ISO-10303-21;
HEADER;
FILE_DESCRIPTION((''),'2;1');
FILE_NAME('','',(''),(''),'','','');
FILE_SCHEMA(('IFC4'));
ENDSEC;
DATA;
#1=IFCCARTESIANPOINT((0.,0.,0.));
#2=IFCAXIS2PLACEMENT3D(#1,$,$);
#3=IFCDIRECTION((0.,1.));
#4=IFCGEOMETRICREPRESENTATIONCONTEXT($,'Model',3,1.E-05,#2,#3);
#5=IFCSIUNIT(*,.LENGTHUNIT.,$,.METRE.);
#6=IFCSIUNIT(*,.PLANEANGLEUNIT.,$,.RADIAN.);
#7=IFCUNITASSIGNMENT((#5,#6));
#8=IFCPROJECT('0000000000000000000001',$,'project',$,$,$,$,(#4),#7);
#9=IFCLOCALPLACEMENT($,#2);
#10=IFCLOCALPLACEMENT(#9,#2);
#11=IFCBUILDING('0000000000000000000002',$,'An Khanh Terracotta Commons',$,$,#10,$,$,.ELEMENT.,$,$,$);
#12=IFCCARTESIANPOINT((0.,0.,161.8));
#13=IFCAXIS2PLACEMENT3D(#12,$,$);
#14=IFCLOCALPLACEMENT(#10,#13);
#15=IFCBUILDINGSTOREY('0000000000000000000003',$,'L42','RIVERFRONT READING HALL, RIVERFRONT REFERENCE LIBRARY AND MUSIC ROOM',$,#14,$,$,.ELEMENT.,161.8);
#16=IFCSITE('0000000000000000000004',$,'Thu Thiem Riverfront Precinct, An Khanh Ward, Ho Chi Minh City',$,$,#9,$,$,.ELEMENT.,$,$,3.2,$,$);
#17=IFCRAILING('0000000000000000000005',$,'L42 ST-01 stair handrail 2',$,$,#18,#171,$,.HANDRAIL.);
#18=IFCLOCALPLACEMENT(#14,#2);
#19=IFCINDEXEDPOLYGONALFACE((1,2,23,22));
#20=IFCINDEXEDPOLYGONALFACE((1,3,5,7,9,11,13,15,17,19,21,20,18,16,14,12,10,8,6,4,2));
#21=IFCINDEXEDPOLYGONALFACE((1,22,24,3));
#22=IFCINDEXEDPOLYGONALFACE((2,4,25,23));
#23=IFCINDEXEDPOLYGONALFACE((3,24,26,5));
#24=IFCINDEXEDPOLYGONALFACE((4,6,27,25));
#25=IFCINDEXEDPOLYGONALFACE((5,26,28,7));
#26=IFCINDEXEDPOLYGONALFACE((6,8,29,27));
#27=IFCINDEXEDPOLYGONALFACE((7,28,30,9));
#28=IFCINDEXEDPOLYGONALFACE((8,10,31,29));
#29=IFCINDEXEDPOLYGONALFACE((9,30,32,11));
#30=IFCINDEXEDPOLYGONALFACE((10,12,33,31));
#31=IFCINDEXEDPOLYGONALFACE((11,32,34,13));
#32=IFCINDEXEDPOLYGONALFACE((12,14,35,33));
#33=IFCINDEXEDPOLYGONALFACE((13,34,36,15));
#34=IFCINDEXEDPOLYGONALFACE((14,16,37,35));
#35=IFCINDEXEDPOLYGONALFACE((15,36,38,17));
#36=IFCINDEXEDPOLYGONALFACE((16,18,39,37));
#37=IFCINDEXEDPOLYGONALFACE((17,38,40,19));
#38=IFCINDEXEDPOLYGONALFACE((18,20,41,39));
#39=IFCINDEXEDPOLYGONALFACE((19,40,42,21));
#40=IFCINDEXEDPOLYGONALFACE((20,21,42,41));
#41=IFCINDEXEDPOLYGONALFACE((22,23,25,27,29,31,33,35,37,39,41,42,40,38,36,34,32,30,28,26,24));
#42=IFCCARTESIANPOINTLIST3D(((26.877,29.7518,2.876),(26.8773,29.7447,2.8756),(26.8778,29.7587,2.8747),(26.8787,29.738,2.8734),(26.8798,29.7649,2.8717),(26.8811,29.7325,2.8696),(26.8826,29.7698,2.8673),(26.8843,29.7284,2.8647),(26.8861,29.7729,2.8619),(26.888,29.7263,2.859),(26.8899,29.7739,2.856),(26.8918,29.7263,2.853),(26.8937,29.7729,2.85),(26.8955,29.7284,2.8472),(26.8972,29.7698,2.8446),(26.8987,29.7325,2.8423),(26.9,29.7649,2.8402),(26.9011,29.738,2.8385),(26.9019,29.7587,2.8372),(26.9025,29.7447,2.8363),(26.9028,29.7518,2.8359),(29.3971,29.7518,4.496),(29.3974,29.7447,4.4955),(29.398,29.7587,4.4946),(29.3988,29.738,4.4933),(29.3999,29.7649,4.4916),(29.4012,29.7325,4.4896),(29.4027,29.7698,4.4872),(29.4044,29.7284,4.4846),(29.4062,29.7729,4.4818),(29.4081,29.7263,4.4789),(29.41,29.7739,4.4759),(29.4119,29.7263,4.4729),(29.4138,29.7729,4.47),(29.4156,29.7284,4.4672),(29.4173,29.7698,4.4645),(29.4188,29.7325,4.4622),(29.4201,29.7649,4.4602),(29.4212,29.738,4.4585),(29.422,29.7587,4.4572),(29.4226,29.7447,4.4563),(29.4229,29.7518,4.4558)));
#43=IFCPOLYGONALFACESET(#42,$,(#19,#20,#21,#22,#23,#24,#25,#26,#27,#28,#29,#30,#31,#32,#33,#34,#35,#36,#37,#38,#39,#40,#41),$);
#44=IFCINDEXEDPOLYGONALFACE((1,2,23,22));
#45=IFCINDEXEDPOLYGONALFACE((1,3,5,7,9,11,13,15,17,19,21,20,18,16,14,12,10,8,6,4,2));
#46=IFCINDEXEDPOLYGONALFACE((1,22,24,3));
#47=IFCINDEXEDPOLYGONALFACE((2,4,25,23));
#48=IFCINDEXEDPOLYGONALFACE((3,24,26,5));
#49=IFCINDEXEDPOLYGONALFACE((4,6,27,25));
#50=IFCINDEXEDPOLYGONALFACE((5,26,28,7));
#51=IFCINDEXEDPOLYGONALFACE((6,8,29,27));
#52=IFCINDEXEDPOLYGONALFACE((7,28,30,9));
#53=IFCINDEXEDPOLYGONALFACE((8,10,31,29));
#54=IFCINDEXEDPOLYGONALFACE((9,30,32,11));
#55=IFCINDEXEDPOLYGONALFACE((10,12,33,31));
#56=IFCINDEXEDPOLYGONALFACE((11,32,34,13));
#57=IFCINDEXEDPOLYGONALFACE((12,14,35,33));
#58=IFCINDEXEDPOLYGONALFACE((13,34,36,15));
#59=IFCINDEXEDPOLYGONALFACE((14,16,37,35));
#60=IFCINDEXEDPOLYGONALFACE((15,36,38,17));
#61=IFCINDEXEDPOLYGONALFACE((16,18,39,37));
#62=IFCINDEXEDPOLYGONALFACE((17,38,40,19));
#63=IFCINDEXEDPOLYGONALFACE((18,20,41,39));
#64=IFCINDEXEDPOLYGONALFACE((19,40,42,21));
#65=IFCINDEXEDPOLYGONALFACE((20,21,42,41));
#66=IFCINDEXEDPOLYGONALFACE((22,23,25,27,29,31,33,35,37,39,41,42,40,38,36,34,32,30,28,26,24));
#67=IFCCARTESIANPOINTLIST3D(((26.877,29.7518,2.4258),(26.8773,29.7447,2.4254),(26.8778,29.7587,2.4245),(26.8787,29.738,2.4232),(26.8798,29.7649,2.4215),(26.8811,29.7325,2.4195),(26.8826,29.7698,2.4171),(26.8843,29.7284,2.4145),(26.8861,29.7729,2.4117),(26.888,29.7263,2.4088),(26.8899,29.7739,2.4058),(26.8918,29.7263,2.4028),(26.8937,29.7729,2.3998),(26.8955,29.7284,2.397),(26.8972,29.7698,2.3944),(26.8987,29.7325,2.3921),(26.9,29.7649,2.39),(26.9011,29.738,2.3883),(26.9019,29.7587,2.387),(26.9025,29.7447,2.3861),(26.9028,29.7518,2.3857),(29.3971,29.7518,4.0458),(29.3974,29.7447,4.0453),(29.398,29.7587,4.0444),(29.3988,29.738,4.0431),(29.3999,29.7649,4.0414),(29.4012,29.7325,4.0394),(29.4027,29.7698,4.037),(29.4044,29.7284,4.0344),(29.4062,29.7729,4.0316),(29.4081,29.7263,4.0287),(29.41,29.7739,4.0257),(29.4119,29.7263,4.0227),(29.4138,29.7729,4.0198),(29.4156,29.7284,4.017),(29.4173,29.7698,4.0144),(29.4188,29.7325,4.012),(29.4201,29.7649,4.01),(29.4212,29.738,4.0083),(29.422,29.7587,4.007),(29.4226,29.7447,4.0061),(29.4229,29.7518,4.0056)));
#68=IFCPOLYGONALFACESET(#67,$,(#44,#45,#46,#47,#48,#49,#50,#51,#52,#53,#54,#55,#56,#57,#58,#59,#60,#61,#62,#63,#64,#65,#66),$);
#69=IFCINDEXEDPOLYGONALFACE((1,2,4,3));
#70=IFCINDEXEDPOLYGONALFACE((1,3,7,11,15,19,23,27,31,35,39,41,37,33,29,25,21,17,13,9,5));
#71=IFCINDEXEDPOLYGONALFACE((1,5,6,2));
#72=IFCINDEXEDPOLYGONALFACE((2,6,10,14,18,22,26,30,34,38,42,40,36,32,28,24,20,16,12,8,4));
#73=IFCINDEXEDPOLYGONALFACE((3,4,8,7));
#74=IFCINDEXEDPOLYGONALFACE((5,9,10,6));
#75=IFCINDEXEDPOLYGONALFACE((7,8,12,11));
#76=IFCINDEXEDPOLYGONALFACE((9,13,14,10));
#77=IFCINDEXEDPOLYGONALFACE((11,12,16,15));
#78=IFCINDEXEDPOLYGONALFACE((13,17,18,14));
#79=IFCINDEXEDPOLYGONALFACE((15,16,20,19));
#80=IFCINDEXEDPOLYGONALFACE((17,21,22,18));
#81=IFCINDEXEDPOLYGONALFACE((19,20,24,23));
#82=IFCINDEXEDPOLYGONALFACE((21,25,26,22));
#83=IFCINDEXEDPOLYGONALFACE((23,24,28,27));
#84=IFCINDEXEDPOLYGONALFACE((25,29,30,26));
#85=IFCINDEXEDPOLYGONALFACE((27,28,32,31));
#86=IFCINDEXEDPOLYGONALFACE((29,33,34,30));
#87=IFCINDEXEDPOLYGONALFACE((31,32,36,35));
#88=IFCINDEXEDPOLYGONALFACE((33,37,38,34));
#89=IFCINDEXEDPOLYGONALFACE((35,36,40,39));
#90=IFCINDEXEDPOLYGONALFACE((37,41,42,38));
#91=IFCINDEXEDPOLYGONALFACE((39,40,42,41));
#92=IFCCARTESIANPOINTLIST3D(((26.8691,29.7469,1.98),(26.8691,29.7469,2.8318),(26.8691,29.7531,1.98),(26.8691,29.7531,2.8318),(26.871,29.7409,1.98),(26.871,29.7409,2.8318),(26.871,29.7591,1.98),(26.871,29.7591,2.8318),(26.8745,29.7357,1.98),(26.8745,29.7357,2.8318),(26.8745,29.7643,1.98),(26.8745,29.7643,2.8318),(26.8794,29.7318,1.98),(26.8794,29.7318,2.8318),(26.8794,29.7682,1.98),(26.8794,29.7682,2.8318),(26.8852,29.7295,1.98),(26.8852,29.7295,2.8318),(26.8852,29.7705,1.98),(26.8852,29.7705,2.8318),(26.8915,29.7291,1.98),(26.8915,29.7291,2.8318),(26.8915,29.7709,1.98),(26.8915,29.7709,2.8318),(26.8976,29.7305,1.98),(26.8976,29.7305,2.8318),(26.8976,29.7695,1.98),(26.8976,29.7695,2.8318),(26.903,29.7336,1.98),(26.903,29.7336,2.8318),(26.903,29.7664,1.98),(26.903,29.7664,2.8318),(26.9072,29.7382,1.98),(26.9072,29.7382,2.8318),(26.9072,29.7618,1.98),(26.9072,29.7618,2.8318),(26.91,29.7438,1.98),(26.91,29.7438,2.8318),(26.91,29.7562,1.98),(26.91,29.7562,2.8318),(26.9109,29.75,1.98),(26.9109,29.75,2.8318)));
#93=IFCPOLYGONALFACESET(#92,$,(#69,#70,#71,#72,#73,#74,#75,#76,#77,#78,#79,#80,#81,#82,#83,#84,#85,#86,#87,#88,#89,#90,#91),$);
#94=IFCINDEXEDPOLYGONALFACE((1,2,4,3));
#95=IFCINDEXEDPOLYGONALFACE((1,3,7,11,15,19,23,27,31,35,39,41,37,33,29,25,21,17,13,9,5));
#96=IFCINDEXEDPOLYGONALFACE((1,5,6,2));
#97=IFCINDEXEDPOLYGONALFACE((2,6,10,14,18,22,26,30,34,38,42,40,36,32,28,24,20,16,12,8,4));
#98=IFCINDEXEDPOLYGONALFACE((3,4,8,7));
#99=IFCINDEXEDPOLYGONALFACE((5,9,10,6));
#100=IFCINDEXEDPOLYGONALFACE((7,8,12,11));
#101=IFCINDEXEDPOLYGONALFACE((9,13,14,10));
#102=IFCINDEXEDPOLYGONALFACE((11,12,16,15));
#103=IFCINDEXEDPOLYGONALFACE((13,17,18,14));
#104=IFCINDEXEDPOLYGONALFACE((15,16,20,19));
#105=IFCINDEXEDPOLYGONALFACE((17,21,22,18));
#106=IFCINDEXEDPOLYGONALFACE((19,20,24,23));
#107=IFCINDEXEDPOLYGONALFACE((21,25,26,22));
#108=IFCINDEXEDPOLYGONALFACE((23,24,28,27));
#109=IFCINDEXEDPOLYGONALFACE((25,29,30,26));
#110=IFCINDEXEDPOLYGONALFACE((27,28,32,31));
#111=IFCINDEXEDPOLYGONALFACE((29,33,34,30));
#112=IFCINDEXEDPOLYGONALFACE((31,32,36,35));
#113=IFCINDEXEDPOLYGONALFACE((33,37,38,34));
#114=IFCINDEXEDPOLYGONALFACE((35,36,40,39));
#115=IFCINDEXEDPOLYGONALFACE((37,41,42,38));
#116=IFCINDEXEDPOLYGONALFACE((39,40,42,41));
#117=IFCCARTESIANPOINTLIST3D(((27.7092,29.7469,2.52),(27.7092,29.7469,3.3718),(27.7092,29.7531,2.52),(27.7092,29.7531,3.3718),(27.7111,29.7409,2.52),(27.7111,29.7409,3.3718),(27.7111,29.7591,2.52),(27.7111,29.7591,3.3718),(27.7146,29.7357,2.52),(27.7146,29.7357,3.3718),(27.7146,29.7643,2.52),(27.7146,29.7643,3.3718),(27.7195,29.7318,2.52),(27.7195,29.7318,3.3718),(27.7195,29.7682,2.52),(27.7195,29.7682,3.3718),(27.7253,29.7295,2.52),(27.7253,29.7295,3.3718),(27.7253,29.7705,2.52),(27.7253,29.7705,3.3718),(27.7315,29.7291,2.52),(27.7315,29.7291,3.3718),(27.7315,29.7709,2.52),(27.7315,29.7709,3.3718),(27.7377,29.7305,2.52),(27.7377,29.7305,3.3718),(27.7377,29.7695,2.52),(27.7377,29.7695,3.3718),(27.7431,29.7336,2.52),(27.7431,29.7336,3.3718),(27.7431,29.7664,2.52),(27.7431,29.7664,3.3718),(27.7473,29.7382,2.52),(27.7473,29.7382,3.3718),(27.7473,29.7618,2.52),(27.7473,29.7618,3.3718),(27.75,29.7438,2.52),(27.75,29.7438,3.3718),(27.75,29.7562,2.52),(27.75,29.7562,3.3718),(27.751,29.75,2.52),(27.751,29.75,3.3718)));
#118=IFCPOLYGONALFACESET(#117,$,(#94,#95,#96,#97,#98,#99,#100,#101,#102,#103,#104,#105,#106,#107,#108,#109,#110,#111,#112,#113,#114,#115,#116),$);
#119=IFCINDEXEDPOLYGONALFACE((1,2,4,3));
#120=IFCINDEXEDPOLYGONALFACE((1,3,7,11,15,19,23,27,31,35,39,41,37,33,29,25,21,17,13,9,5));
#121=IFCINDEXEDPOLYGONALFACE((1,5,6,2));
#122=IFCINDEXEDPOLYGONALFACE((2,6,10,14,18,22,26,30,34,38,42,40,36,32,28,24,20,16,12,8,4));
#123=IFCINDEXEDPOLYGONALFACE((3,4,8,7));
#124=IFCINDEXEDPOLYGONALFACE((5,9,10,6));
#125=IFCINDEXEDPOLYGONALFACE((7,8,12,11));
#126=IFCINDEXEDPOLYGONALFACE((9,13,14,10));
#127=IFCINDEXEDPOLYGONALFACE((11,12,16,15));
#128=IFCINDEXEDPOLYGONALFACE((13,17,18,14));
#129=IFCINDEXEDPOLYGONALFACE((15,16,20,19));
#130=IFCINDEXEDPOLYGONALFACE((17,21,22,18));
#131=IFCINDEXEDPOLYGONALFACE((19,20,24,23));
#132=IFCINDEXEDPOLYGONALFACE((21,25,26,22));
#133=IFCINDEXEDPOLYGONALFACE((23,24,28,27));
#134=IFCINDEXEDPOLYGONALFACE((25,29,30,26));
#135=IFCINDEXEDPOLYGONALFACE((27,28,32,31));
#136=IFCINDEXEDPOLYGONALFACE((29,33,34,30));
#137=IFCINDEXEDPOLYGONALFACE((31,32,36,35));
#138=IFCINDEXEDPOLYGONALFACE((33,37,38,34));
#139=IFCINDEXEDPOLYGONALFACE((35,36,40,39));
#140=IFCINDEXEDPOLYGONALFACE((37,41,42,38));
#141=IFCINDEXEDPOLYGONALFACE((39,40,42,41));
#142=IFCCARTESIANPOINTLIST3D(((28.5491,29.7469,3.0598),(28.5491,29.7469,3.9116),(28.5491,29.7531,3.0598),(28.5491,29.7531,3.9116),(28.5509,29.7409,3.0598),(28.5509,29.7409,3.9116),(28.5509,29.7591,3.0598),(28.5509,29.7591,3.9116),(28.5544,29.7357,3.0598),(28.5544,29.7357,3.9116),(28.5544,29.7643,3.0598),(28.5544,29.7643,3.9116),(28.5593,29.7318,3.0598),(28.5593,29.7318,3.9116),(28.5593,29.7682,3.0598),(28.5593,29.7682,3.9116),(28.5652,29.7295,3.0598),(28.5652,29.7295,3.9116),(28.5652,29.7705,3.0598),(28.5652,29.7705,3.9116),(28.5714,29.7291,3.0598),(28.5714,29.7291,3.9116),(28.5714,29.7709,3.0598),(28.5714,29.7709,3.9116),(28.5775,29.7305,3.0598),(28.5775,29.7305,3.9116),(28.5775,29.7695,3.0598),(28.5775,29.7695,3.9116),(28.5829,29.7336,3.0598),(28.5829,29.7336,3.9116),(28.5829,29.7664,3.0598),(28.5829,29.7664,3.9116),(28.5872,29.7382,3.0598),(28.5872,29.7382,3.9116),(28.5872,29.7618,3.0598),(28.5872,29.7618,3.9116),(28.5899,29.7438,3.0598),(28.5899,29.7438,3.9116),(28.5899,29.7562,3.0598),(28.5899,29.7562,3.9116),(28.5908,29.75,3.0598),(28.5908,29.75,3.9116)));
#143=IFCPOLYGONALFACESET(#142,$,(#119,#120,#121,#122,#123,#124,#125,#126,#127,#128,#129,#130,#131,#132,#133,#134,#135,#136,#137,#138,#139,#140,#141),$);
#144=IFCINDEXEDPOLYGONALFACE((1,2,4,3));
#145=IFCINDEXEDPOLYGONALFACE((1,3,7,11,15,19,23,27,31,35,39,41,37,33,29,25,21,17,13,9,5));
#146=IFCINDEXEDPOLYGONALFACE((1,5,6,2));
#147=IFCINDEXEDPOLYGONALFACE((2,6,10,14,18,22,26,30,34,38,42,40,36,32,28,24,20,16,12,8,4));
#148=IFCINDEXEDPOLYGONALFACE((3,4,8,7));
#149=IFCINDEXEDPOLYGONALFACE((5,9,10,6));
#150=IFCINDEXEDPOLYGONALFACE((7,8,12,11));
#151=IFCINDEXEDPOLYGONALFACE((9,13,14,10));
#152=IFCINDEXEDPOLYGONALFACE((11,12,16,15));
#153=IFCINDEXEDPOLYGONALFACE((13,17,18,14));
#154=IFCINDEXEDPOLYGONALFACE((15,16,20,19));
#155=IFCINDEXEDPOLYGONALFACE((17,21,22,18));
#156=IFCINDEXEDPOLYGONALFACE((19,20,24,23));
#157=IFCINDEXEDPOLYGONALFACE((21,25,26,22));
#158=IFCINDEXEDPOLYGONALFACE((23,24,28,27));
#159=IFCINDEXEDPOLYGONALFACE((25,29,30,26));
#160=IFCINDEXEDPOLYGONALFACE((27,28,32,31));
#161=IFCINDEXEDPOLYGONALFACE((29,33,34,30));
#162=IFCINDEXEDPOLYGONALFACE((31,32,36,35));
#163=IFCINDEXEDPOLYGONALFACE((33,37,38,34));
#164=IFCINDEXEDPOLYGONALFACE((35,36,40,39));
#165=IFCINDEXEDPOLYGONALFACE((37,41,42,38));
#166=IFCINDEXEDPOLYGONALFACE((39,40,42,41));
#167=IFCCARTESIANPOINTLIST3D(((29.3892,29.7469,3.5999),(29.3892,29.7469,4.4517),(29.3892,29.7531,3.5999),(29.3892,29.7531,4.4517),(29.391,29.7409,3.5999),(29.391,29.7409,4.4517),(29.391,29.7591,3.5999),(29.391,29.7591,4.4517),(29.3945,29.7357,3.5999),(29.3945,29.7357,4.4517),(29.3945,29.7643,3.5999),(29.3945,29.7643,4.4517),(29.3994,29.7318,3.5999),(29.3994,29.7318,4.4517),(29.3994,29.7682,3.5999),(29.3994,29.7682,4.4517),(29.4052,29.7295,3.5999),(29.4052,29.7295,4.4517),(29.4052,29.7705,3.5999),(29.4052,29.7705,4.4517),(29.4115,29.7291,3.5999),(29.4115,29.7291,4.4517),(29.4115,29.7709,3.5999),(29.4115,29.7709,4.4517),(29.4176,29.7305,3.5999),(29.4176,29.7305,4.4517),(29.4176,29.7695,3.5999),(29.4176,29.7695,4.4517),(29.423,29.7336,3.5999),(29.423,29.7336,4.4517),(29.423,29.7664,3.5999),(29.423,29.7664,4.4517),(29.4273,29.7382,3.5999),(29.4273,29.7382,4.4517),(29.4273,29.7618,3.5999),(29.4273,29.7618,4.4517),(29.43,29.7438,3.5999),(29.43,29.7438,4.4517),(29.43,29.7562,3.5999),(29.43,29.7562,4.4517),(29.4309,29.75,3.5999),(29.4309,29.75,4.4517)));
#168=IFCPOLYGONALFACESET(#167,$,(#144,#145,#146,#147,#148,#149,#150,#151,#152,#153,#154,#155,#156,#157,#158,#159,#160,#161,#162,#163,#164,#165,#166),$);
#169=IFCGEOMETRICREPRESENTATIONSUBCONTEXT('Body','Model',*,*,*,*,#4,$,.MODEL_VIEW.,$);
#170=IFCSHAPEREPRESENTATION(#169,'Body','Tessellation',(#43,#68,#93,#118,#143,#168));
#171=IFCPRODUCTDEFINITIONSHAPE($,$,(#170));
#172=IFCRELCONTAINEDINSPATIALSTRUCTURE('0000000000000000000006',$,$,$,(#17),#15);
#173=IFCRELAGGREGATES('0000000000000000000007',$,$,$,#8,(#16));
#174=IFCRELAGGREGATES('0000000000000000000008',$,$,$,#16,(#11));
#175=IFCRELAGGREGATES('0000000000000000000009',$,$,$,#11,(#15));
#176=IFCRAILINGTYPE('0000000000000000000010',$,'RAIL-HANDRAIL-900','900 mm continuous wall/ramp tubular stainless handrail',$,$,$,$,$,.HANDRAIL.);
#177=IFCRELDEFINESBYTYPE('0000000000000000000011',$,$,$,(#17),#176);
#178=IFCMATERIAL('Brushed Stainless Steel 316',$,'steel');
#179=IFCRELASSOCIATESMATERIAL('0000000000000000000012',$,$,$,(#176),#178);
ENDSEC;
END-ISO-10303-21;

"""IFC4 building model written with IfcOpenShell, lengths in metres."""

from ifc_helpers import new_model, si_unit, direction, frame, origin, origin_2d, place, context, subcontext, project, spatial, circle, extrude, material, type_object, element, save


model = new_model("IFC4")

# Units and contexts
model_context = context("Model", 3, precision=1e-05, world=origin(), true_north=direction((0.0, 1.0)))
body_context = subcontext(model_context, "Body", "Model", "MODEL_VIEW")
ifc_project = project(units=[si_unit("LENGTHUNIT", "METRE"), si_unit("PLANEANGLEUNIT", "RADIAN")], contexts=[model_context])

# Site, building, storey
site_placement = place(None, origin())
site = spatial("IfcSite", under=ifc_project, at=site_placement, Name="Thu Thiem Riverfront Precinct, An Khanh Ward, Ho Chi Minh City", CompositionType="ELEMENT", RefElevation=3.2)
building_placement = place(site_placement, origin())
building = spatial("IfcBuilding", under=site, at=building_placement, Name="An Khanh Terracotta Commons", CompositionType="ELEMENT")
storey_placement = place(building_placement, frame((0.0, 0.0, 161.8)))
storey = spatial("IfcBuildingStorey", under=building, at=storey_placement, Name="L42", Description="RIVERFRONT READING HALL, RIVERFRONT REFERENCE LIBRARY AND MUSIC ROOM", CompositionType="ELEMENT", Elevation=161.8)

# Railing
ifc_material_1 = material(Name="Brushed Stainless Steel 316", Category="steel")
railing_type_1 = type_object("IfcRailingType", Name="RAIL-HANDRAIL-900", Description="900 mm continuous wall/ramp tubular stainless handrail", PredefinedType="HANDRAIL", material=ifc_material_1)
railing_1_placement = place(storey_placement, frame((26.8899, 29.75, 1.98)))
element("IfcRailing", 1, at=railing_1_placement, inside=storey, type_object=railing_type_1, Name="L42 ST-01 stair handrail 2", PredefinedType="HANDRAIL", context=body_context, shape_type="SweptSolid", body=[
    extrude(circle(Radius=0.0239, at=origin_2d()), frame((0.0, 0.0, 0.876), z_axis=(0.8412, 0.0, 0.540725), x_axis=(0.0, 1.0, 0.0)), (0.0, 0.0, 1.0), 2.9958),
    extrude(circle(Radius=0.0239, at=origin_2d()), frame((0.0, 0.0, 0.4258), z_axis=(0.8412, 0.0, 0.540725), x_axis=(0.0, 1.0, 0.0)), (0.0, 0.0, 1.0), 2.9958),
    extrude(circle(Radius=0.021, at=origin_2d()), origin(), (0.0, 0.0, 1.0), 0.8518),
    extrude(circle(Radius=0.021, at=origin_2d()), frame((0.8401, 0.0, 0.54)), (0.0, 0.0, 1.0), 0.8518),
    extrude(circle(Radius=0.021, at=origin_2d()), frame((1.6799, 0.0, 1.0798)), (0.0, 0.0, 1.0), 0.8518),
    extrude(circle(Radius=0.021, at=origin_2d()), frame((2.52, 0.0, 1.6199)), (0.0, 0.0, 1.0), 0.8518),
])

save(model, "model.ifc")
